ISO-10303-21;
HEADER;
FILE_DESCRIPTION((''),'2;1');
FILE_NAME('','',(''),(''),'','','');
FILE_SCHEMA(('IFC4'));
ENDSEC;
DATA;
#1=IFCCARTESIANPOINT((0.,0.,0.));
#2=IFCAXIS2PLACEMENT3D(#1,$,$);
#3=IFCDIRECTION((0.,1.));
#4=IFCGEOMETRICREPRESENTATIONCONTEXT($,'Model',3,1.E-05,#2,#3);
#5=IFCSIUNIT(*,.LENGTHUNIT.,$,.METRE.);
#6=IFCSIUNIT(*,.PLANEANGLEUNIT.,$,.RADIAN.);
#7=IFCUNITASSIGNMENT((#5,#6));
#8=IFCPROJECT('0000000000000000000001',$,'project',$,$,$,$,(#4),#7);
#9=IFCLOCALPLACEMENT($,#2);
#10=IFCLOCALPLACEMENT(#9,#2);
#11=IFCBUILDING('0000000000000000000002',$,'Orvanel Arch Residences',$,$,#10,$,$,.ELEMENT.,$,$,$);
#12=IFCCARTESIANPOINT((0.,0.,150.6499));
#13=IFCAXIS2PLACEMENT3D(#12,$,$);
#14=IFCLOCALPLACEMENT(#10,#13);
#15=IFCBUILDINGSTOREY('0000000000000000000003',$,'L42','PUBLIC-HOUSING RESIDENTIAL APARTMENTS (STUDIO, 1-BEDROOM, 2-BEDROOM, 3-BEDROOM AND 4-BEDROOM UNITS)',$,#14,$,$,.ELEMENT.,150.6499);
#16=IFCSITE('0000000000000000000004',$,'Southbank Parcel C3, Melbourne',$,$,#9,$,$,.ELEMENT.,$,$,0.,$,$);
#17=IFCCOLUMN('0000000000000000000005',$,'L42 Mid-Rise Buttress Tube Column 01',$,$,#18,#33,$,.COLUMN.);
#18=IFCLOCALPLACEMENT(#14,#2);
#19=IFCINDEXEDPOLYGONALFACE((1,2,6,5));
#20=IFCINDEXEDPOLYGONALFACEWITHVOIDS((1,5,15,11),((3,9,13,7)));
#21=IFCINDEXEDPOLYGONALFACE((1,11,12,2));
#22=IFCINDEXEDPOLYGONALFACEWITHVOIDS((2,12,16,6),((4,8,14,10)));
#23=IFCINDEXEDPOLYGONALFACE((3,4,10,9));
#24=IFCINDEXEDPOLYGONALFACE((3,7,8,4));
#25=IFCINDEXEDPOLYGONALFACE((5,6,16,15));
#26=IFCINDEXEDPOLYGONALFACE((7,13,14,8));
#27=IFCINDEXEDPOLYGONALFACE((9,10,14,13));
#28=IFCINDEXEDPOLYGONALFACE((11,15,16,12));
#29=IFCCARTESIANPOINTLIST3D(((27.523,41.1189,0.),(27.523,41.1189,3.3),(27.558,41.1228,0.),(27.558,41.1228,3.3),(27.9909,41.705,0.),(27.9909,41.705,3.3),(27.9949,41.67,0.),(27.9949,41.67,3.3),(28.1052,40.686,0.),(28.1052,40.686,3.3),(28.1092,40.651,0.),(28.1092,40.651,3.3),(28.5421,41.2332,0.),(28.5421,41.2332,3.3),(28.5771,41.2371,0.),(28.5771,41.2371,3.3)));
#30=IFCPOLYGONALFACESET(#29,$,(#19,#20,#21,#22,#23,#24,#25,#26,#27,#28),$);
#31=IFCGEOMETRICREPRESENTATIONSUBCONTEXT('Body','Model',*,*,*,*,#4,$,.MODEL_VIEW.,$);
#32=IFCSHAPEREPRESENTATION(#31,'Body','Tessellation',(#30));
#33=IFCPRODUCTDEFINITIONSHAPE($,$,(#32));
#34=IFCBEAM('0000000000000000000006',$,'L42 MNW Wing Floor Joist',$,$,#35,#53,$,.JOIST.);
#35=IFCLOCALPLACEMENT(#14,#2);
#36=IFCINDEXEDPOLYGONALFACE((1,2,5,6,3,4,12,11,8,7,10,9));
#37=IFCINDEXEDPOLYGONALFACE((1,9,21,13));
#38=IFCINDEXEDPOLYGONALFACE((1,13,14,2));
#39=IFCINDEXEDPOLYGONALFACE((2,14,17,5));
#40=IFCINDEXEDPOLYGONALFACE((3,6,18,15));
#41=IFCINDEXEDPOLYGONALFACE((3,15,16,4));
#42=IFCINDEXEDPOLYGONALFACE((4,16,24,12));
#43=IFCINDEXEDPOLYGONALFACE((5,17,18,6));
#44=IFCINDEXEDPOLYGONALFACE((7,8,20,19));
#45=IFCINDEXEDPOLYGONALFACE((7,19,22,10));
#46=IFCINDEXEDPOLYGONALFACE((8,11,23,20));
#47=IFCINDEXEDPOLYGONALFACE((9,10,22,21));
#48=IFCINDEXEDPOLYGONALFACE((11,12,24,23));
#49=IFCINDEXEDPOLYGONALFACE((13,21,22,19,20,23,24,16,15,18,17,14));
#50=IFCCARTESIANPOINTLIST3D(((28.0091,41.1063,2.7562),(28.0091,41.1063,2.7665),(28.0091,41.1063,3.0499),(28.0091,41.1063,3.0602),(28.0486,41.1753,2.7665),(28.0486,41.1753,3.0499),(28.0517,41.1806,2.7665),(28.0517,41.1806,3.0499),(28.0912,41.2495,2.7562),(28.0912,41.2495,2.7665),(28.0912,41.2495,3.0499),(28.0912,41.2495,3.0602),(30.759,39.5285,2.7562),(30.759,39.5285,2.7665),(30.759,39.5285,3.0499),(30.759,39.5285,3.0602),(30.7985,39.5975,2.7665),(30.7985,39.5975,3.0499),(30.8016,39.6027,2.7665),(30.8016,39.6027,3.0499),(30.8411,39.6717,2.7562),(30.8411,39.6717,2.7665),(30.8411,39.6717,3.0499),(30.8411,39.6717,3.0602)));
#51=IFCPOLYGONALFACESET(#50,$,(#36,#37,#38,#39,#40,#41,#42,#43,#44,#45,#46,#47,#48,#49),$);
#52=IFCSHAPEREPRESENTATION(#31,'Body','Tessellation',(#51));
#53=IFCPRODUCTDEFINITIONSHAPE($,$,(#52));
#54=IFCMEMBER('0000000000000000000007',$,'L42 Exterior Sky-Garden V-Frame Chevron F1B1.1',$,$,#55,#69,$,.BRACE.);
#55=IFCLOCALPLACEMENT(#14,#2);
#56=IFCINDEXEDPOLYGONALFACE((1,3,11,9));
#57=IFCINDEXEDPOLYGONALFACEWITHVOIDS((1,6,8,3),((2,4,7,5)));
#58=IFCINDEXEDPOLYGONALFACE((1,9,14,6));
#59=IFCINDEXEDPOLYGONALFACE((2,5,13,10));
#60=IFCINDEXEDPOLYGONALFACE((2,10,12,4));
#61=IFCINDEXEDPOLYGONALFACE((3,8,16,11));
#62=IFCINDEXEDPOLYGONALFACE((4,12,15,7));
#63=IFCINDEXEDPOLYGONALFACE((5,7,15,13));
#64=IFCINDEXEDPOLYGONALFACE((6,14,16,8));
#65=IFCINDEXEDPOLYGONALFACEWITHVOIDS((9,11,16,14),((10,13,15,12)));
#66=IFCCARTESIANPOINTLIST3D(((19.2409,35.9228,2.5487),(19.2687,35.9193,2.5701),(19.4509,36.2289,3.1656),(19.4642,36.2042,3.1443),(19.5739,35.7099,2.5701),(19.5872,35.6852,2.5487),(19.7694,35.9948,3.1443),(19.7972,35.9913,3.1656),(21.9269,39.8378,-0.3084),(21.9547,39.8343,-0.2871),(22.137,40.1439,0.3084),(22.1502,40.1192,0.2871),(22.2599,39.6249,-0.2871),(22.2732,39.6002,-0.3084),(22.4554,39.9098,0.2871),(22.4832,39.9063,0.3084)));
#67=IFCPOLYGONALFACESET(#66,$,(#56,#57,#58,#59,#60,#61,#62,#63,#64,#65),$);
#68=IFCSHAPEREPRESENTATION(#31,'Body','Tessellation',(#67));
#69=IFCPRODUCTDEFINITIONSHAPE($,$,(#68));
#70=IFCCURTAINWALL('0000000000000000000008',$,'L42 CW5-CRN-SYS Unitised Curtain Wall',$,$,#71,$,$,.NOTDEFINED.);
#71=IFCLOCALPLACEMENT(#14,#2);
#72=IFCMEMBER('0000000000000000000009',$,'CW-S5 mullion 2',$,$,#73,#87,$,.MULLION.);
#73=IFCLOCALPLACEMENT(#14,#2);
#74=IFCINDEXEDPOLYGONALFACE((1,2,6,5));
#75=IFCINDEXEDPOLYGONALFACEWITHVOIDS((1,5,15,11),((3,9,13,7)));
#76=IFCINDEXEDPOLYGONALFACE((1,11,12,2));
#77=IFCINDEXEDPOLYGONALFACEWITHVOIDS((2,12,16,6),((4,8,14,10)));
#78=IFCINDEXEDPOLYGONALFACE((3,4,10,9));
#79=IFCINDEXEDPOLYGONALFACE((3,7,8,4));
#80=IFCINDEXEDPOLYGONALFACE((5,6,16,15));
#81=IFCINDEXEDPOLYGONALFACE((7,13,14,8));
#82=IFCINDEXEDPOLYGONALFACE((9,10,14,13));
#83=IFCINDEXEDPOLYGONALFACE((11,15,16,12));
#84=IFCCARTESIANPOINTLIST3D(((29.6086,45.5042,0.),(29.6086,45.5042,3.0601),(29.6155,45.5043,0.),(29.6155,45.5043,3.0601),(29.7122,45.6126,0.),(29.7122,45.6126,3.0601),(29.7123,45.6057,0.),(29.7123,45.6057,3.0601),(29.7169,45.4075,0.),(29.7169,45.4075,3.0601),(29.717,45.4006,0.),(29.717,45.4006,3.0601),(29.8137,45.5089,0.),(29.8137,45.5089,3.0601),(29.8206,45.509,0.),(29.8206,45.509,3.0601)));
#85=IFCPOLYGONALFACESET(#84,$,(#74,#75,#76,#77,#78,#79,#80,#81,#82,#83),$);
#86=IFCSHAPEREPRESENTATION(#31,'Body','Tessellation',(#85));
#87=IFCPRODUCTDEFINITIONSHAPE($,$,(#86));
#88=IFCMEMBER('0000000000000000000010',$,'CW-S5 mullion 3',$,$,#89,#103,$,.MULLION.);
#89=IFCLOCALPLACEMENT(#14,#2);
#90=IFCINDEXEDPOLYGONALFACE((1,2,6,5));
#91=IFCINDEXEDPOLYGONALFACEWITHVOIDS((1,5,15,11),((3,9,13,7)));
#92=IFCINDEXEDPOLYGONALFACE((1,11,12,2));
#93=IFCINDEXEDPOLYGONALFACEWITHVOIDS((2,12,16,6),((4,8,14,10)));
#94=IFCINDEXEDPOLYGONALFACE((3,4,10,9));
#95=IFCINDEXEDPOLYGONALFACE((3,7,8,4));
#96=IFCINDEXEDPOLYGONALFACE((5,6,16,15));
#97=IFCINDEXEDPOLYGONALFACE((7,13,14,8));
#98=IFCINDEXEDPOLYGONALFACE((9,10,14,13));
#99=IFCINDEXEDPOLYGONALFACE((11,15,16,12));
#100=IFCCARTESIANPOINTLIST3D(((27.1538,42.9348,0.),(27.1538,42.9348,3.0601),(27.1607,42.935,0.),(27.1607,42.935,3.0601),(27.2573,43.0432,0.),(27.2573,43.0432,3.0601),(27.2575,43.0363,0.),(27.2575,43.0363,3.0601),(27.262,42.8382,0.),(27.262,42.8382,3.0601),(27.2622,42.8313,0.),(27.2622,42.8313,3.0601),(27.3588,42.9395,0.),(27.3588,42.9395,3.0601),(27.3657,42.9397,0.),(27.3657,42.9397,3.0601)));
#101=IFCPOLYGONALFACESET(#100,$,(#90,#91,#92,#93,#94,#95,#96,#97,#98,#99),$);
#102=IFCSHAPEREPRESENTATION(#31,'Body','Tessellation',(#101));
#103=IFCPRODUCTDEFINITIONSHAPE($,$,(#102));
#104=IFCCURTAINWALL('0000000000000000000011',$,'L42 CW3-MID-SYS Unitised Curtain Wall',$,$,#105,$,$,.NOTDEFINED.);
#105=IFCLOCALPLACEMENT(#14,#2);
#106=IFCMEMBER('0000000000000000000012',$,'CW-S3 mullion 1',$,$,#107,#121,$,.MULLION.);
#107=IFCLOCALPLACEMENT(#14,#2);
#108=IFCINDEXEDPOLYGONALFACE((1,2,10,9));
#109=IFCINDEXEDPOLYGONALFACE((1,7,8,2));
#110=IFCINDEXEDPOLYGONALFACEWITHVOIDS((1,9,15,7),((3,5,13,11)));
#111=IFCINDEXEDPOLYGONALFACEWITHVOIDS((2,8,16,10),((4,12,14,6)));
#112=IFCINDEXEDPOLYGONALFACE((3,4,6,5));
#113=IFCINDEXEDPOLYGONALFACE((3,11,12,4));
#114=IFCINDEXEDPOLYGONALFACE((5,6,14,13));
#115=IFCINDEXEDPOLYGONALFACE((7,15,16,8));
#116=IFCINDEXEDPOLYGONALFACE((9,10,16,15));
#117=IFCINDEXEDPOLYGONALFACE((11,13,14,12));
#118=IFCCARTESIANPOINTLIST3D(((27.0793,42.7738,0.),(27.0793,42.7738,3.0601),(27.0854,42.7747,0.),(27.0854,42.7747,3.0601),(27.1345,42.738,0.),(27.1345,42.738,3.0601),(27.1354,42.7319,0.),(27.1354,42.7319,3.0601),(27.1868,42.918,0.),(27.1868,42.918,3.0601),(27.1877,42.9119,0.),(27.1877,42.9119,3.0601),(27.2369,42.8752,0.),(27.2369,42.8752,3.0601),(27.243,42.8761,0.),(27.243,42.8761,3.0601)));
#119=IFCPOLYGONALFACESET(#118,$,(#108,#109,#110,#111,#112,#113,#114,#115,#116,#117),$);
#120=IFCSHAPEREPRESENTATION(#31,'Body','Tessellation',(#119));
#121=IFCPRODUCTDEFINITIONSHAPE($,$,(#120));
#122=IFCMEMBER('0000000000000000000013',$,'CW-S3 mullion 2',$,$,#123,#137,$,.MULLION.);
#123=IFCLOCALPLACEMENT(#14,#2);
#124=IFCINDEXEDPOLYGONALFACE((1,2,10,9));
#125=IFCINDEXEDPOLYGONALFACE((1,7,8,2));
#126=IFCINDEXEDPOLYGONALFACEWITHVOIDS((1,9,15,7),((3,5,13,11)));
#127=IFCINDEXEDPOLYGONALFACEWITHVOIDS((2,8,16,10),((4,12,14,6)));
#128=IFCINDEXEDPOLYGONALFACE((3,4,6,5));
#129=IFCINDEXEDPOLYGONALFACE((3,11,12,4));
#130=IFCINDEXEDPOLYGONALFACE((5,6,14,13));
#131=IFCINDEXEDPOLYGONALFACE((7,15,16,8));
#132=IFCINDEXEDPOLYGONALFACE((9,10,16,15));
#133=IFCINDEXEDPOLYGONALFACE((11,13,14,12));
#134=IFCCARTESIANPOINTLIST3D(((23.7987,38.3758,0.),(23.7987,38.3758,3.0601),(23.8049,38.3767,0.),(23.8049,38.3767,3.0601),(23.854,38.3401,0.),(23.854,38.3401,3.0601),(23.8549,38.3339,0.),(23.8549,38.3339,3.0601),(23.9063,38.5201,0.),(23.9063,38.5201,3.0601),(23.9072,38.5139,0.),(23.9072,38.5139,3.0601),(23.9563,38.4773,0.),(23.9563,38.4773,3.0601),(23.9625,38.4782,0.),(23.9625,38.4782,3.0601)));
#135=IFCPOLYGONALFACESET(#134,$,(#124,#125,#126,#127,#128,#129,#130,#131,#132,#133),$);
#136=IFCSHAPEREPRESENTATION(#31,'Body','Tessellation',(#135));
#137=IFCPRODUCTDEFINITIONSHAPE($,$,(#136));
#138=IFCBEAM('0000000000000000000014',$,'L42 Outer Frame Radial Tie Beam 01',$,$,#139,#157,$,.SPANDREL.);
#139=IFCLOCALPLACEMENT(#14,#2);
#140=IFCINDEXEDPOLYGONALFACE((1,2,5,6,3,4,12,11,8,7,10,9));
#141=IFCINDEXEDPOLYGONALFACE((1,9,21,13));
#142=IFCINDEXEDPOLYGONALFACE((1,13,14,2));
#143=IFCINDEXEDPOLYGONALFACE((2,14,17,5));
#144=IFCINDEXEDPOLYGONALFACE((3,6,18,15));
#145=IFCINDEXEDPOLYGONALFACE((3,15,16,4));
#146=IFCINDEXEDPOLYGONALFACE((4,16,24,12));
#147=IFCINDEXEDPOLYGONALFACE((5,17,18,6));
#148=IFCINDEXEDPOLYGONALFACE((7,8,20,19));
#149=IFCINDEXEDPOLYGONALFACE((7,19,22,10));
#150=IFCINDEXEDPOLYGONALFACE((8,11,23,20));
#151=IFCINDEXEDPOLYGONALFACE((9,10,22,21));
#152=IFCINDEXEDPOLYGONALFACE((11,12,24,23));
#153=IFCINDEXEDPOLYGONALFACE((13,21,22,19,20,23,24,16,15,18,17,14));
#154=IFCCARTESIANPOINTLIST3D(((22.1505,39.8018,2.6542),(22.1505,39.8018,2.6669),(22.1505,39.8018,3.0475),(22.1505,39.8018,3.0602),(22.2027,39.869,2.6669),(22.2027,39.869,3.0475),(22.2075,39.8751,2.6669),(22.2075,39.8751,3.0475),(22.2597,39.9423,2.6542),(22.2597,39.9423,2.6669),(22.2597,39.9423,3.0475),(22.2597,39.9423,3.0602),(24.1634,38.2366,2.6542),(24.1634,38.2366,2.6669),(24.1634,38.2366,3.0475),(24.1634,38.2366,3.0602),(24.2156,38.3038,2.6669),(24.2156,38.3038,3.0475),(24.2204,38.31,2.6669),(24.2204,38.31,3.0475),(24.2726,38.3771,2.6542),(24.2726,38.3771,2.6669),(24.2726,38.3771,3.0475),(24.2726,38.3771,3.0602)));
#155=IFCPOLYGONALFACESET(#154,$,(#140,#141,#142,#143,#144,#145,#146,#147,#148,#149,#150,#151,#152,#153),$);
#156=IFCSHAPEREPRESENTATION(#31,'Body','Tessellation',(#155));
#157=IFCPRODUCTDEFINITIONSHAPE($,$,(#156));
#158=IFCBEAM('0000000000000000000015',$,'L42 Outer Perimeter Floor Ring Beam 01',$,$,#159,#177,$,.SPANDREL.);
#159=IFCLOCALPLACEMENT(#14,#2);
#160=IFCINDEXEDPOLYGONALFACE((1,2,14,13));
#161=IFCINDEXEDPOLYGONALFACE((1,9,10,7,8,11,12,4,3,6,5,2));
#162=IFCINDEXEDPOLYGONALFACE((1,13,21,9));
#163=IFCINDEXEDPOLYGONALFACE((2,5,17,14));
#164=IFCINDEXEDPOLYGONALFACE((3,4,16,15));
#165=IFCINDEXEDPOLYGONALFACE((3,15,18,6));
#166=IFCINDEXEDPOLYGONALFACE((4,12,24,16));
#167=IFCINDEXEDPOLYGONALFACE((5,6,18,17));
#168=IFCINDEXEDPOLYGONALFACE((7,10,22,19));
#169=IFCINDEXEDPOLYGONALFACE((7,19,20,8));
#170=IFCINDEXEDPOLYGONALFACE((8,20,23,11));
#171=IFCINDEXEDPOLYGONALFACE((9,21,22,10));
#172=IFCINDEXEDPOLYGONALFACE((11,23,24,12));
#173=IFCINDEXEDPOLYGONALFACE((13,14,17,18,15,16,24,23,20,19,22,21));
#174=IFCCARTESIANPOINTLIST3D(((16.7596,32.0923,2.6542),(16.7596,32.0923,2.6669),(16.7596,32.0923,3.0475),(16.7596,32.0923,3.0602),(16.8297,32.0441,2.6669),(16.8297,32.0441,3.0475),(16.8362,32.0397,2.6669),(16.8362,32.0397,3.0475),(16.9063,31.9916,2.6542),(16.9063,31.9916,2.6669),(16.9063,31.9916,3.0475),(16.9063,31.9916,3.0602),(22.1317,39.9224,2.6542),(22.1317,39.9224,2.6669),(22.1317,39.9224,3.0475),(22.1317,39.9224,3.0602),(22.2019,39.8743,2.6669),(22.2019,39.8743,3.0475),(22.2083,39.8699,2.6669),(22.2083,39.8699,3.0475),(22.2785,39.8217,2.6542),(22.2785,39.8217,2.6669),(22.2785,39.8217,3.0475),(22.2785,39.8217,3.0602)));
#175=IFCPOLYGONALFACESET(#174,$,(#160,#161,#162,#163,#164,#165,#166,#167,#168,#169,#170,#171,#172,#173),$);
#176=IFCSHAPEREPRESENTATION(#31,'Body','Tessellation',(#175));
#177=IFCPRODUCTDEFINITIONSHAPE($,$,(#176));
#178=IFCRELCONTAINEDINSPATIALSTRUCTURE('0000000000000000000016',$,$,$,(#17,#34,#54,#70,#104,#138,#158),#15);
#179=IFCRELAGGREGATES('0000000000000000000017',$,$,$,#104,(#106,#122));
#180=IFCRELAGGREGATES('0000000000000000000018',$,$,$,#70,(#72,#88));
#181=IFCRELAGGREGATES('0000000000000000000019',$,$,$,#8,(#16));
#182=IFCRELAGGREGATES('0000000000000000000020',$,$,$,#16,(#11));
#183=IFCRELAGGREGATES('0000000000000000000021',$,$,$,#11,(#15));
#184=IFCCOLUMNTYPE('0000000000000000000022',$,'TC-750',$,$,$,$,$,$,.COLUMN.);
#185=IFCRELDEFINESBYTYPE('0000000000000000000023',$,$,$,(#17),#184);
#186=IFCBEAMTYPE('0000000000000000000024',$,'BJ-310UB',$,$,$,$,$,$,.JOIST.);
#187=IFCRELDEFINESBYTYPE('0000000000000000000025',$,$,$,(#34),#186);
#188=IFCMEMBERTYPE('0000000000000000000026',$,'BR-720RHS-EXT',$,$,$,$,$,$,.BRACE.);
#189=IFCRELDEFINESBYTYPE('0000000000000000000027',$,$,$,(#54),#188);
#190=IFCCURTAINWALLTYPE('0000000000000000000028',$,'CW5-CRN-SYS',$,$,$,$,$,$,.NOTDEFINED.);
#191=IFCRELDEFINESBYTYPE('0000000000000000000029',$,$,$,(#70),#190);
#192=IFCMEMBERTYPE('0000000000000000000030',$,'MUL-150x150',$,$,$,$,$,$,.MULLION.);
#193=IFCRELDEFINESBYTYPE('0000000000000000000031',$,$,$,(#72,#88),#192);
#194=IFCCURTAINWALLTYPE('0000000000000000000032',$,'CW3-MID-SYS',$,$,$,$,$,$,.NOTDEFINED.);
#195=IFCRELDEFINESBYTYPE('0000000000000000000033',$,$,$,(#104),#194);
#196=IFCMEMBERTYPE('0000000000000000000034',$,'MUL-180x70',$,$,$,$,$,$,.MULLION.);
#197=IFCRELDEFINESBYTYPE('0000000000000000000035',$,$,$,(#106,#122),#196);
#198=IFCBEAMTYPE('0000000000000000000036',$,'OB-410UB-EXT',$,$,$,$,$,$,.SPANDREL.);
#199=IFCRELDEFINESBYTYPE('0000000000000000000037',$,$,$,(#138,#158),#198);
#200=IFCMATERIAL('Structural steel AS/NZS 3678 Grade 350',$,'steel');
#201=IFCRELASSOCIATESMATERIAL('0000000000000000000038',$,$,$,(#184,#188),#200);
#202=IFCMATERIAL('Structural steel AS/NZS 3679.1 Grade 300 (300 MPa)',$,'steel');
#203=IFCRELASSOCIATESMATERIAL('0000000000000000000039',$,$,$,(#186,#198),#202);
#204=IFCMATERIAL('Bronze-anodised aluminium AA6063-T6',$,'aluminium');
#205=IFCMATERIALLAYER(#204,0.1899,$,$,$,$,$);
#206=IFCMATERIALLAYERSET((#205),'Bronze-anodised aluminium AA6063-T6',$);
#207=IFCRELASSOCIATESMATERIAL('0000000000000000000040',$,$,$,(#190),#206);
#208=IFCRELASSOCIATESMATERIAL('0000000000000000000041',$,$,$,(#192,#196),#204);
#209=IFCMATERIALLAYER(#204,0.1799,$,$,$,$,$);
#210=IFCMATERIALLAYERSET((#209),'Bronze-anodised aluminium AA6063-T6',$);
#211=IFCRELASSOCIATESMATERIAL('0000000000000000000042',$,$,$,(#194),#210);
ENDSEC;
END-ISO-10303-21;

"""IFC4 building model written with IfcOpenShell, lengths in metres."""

from ifc_helpers import new_model, si_unit, direction, frame, origin, origin_2d, place, context, subcontext, project, spatial, hollow_rectangle, i_section, extrude, material, layer, layer_set, material_profile, profile_set, type_object, element, aggregate, save


model = new_model("IFC4")

# Units and contexts
model_context = context("Model", 3, precision=1e-05, world=origin(), true_north=direction((0.0, 1.0)))
body_context = subcontext(model_context, "Body", "Model", "MODEL_VIEW")
ifc_project = project(units=[si_unit("LENGTHUNIT", "METRE"), si_unit("PLANEANGLEUNIT", "RADIAN")], contexts=[model_context])

# Site, building, storey
site_placement = place(None, origin())
site = spatial("IfcSite", under=ifc_project, at=site_placement, Name="Southbank Parcel C3, Melbourne", CompositionType="ELEMENT", RefElevation=0.0)
building_placement = place(site_placement, origin())
building = spatial("IfcBuilding", under=site, at=building_placement, Name="Orvanel Arch Residences", CompositionType="ELEMENT")
storey_placement = place(building_placement, frame((0.0, 0.0, 150.6499)))
storey = spatial("IfcBuildingStorey", under=building, at=storey_placement, Name="L42", Description="PUBLIC-HOUSING RESIDENTIAL APARTMENTS (STUDIO, 1-BEDROOM, 2-BEDROOM, 3-BEDROOM AND 4-BEDROOM UNITS)", CompositionType="ELEMENT", Elevation=150.6499)

# Column
ifc_material_1 = material(Name="Structural steel AS/NZS 3678 Grade 350", Category="steel")
ifc_material_profile_1 = material_profile(ifc_material_1, hollow_rectangle(XDim=0.75, YDim=0.75, WallThickness=0.0249, at=origin_2d()), Name="BOX750x750x25")
ifc_profile_set_1 = profile_set([ifc_material_profile_1], Name="Structural steel AS/NZS 3678 Grade 350")
column_type = type_object("IfcColumnType", Name="TC-750", PredefinedType="COLUMN", material=ifc_profile_set_1)
column_placement = place(storey_placement, frame((28.05, 41.178, 0.0), z_axis=(0.0, 0.0, 1.0), x_axis=(0.62388, 0.78152, 0.0)))
element("IfcColumn", 1, at=column_placement, inside=storey, type_object=column_type, Name="L42 Mid-Rise Buttress Tube Column 01", PredefinedType="COLUMN", context=body_context, shape_type="SweptSolid", body=[
    extrude(hollow_rectangle(XDim=0.75, YDim=0.75, WallThickness=0.0249, at=origin_2d()), origin(), (0.0, 0.0, 1.0), 3.3),
])

# Beam
ifc_material_2 = material(Name="Structural steel AS/NZS 3679.1 Grade 300 (300 MPa)", Category="steel")
ifc_material_profile_2 = material_profile(ifc_material_2, i_section(OverallWidth=0.165, OverallDepth=0.304, WebThickness=0.0061, FlangeThickness=0.0103, at=origin_2d()), Name="310UB40.4")
ifc_profile_set_2 = profile_set([ifc_material_profile_2], Name="Structural steel AS/NZS 3679.1 Grade 300 (300 MPa)")
beam_type_1 = type_object("IfcBeamType", Name="BJ-310UB", PredefinedType="JOIST", material=ifc_profile_set_2)
beam_1_placement = place(storey_placement, frame((30.8, 39.6001, 2.9082), z_axis=(-0.867365, 0.497672, 0.0), x_axis=(-0.497672, -0.867365, 0.0)))
element("IfcBeam", 2, at=beam_1_placement, inside=storey, type_object=beam_type_1, Name="L42 MNW Wing Floor Joist", PredefinedType="JOIST", context=body_context, shape_type="SweptSolid", body=[
    extrude(i_section(OverallWidth=0.165, OverallDepth=0.304, WebThickness=0.0061, FlangeThickness=0.0103, at=origin_2d()), origin(), (0.0, 0.0, 1.0), 3.1704),
])

# Member
ifc_material_profile_3 = material_profile(ifc_material_1, hollow_rectangle(XDim=0.4199, YDim=0.72, WallThickness=0.0249, at=origin_2d()), Name="RHS720x420x25")
ifc_profile_set_3 = profile_set([ifc_material_profile_3], Name="Structural steel AS/NZS 3678 Grade 350")
member_type_1 = type_object("IfcMemberType", Name="BR-720RHS-EXT", PredefinedType="BRACE", material=ifc_profile_set_3)
member_1_placement = place(storey_placement, frame((22.2051, 39.8721, 0.0), z_axis=(-0.484732, -0.706523, 0.515617), x_axis=(0.824588, -0.565734, 0.0)))
element("IfcMember", 3, at=member_1_placement, inside=storey, type_object=member_type_1, Name="L42 Exterior Sky-Garden V-Frame Chevron F1B1.1", PredefinedType="BRACE", context=body_context, shape_type="SweptSolid", body=[
    extrude(hollow_rectangle(XDim=0.4199, YDim=0.72, WallThickness=0.0249, at=origin_2d()), origin(), (0.0, 0.0, 1.0), 5.5413),
])

# Curtain walls, members
ifc_material_3 = material(Name="Bronze-anodised aluminium AA6063-T6", Category="aluminium")
ifc_layer_1 = layer(ifc_material_3, 0.1899)
ifc_layer_set_1 = layer_set([ifc_layer_1], Name="Bronze-anodised aluminium AA6063-T6")
curtain_wall_type_1 = type_object("IfcCurtainWallType", Name="CW5-CRN-SYS", PredefinedType="NOTDEFINED", material=ifc_layer_set_1)
curtain_wall_1_placement = place(storey_placement, origin())
curtain_wall_1 = element("IfcCurtainWall", 4, at=curtain_wall_1_placement, inside=storey, type_object=curtain_wall_type_1, Name="L42 CW5-CRN-SYS Unitised Curtain Wall", PredefinedType="NOTDEFINED")
ifc_material_profile_4 = material_profile(ifc_material_3, hollow_rectangle(XDim=0.1499, YDim=0.1499, WallThickness=0.0049, at=origin_2d()), Name="ALU150x150x5")
ifc_profile_set_4 = profile_set([ifc_material_profile_4], Name="Bronze-anodised aluminium AA6063-T6")
member_type_2 = type_object("IfcMemberType", Name="MUL-150x150", PredefinedType="MULLION", material=ifc_profile_set_4)
member_2_placement = place(storey_placement, frame((29.7146, 45.5066, 0.0), z_axis=(0.0, 0.0, 1.0), x_axis=(0.723046, -0.6908, 0.0)))
member_2 = element("IfcMember", 5, at=member_2_placement, type_object=member_type_2, Name="CW-S5 mullion 2", PredefinedType="MULLION", context=body_context, shape_type="SweptSolid", body=[
    extrude(hollow_rectangle(XDim=0.1499, YDim=0.1499, WallThickness=0.0049, at=origin_2d()), origin(), (0.0, 0.0, 1.0), 3.0601),
])
member_3_placement = place(storey_placement, frame((27.2598, 42.9373, 0.0), z_axis=(0.0, 0.0, 1.0), x_axis=(0.723046, -0.6908, 0.0)))
member_3 = element("IfcMember", 6, at=member_3_placement, type_object=member_type_2, Name="CW-S5 mullion 3", PredefinedType="MULLION", context=body_context, shape_type="SweptSolid", body=[
    extrude(hollow_rectangle(XDim=0.1499, YDim=0.1499, WallThickness=0.0049, at=origin_2d()), origin(), (0.0, 0.0, 1.0), 3.0601),
])
ifc_layer_2 = layer(ifc_material_3, 0.1799)
ifc_layer_set_2 = layer_set([ifc_layer_2], Name="Bronze-anodised aluminium AA6063-T6")
curtain_wall_type_2 = type_object("IfcCurtainWallType", Name="CW3-MID-SYS", PredefinedType="NOTDEFINED", material=ifc_layer_set_2)
curtain_wall_2_placement = place(storey_placement, origin())
curtain_wall_2 = element("IfcCurtainWall", 7, at=curtain_wall_2_placement, inside=storey, type_object=curtain_wall_type_2, Name="L42 CW3-MID-SYS Unitised Curtain Wall", PredefinedType="NOTDEFINED")
ifc_material_profile_5 = material_profile(ifc_material_3, hollow_rectangle(XDim=0.0701, YDim=0.1799, WallThickness=0.0044, at=origin_2d()), Name="ALU180x70x4.5")
ifc_profile_set_5 = profile_set([ifc_material_profile_5], Name="Bronze-anodised aluminium AA6063-T6")
member_type_3 = type_object("IfcMemberType", Name="MUL-180x70", PredefinedType="MULLION", material=ifc_profile_set_5)
member_4_placement = place(storey_placement, frame((27.1611, 42.825, 0.0), z_axis=(0.0, 0.0, 1.0), x_axis=(0.801562, -0.597912, 0.0)))
member_4 = element("IfcMember", 8, at=member_4_placement, type_object=member_type_3, Name="CW-S3 mullion 1", PredefinedType="MULLION", context=body_context, shape_type="SweptSolid", body=[
    extrude(hollow_rectangle(XDim=0.0701, YDim=0.1799, WallThickness=0.0044, at=origin_2d()), origin(), (0.0, 0.0, 1.0), 3.0601),
])
member_5_placement = place(storey_placement, frame((23.8806, 38.427, 0.0), z_axis=(0.0, 0.0, 1.0), x_axis=(0.801562, -0.597912, 0.0)))
member_5 = element("IfcMember", 9, at=member_5_placement, type_object=member_type_3, Name="CW-S3 mullion 2", PredefinedType="MULLION", context=body_context, shape_type="SweptSolid", body=[
    extrude(hollow_rectangle(XDim=0.0701, YDim=0.1799, WallThickness=0.0044, at=origin_2d()), origin(), (0.0, 0.0, 1.0), 3.0601),
])

# Beams
ifc_material_profile_6 = material_profile(ifc_material_2, i_section(OverallWidth=0.178, OverallDepth=0.406, WebThickness=0.0078, FlangeThickness=0.0127, at=origin_2d()), Name="410UB59.7")
ifc_profile_set_6 = profile_set([ifc_material_profile_6], Name="Structural steel AS/NZS 3679.1 Grade 300 (300 MPa)")
beam_type_2 = type_object("IfcBeamType", Name="OB-410UB-EXT", PredefinedType="SPANDREL", material=ifc_profile_set_6)
beam_2_placement = place(storey_placement, frame((24.218, 38.3069, 2.8572), z_axis=(-0.789435, 0.613835, 0.0), x_axis=(-0.613835, -0.789435, 0.0)))
element("IfcBeam", 10, at=beam_2_placement, inside=storey, type_object=beam_type_2, Name="L42 Outer Frame Radial Tie Beam 01", PredefinedType="SPANDREL", context=body_context, shape_type="SweptSolid", body=[
    extrude(i_section(OverallWidth=0.178, OverallDepth=0.406, WebThickness=0.0078, FlangeThickness=0.0127, at=origin_2d()), origin(), (0.0, 0.0, 1.0), 2.5498),
])
beam_3_placement = place(storey_placement, frame((22.2051, 39.8721, 2.8572), z_axis=(-0.565734, -0.824588, 0.0), x_axis=(0.824588, -0.565734, 0.0)))
element("IfcBeam", 11, at=beam_3_placement, inside=storey, type_object=beam_type_2, Name="L42 Outer Perimeter Floor Ring Beam 01", PredefinedType="SPANDREL", context=body_context, shape_type="SweptSolid", body=[
    extrude(i_section(OverallWidth=0.178, OverallDepth=0.406, WebThickness=0.0078, FlangeThickness=0.0127, at=origin_2d()), origin(), (0.0, 0.0, 1.0), 9.4958),
])

aggregate(curtain_wall_2, [member_4, member_5])
aggregate(curtain_wall_1, [member_2, member_3])

save(model, "model.ifc")
